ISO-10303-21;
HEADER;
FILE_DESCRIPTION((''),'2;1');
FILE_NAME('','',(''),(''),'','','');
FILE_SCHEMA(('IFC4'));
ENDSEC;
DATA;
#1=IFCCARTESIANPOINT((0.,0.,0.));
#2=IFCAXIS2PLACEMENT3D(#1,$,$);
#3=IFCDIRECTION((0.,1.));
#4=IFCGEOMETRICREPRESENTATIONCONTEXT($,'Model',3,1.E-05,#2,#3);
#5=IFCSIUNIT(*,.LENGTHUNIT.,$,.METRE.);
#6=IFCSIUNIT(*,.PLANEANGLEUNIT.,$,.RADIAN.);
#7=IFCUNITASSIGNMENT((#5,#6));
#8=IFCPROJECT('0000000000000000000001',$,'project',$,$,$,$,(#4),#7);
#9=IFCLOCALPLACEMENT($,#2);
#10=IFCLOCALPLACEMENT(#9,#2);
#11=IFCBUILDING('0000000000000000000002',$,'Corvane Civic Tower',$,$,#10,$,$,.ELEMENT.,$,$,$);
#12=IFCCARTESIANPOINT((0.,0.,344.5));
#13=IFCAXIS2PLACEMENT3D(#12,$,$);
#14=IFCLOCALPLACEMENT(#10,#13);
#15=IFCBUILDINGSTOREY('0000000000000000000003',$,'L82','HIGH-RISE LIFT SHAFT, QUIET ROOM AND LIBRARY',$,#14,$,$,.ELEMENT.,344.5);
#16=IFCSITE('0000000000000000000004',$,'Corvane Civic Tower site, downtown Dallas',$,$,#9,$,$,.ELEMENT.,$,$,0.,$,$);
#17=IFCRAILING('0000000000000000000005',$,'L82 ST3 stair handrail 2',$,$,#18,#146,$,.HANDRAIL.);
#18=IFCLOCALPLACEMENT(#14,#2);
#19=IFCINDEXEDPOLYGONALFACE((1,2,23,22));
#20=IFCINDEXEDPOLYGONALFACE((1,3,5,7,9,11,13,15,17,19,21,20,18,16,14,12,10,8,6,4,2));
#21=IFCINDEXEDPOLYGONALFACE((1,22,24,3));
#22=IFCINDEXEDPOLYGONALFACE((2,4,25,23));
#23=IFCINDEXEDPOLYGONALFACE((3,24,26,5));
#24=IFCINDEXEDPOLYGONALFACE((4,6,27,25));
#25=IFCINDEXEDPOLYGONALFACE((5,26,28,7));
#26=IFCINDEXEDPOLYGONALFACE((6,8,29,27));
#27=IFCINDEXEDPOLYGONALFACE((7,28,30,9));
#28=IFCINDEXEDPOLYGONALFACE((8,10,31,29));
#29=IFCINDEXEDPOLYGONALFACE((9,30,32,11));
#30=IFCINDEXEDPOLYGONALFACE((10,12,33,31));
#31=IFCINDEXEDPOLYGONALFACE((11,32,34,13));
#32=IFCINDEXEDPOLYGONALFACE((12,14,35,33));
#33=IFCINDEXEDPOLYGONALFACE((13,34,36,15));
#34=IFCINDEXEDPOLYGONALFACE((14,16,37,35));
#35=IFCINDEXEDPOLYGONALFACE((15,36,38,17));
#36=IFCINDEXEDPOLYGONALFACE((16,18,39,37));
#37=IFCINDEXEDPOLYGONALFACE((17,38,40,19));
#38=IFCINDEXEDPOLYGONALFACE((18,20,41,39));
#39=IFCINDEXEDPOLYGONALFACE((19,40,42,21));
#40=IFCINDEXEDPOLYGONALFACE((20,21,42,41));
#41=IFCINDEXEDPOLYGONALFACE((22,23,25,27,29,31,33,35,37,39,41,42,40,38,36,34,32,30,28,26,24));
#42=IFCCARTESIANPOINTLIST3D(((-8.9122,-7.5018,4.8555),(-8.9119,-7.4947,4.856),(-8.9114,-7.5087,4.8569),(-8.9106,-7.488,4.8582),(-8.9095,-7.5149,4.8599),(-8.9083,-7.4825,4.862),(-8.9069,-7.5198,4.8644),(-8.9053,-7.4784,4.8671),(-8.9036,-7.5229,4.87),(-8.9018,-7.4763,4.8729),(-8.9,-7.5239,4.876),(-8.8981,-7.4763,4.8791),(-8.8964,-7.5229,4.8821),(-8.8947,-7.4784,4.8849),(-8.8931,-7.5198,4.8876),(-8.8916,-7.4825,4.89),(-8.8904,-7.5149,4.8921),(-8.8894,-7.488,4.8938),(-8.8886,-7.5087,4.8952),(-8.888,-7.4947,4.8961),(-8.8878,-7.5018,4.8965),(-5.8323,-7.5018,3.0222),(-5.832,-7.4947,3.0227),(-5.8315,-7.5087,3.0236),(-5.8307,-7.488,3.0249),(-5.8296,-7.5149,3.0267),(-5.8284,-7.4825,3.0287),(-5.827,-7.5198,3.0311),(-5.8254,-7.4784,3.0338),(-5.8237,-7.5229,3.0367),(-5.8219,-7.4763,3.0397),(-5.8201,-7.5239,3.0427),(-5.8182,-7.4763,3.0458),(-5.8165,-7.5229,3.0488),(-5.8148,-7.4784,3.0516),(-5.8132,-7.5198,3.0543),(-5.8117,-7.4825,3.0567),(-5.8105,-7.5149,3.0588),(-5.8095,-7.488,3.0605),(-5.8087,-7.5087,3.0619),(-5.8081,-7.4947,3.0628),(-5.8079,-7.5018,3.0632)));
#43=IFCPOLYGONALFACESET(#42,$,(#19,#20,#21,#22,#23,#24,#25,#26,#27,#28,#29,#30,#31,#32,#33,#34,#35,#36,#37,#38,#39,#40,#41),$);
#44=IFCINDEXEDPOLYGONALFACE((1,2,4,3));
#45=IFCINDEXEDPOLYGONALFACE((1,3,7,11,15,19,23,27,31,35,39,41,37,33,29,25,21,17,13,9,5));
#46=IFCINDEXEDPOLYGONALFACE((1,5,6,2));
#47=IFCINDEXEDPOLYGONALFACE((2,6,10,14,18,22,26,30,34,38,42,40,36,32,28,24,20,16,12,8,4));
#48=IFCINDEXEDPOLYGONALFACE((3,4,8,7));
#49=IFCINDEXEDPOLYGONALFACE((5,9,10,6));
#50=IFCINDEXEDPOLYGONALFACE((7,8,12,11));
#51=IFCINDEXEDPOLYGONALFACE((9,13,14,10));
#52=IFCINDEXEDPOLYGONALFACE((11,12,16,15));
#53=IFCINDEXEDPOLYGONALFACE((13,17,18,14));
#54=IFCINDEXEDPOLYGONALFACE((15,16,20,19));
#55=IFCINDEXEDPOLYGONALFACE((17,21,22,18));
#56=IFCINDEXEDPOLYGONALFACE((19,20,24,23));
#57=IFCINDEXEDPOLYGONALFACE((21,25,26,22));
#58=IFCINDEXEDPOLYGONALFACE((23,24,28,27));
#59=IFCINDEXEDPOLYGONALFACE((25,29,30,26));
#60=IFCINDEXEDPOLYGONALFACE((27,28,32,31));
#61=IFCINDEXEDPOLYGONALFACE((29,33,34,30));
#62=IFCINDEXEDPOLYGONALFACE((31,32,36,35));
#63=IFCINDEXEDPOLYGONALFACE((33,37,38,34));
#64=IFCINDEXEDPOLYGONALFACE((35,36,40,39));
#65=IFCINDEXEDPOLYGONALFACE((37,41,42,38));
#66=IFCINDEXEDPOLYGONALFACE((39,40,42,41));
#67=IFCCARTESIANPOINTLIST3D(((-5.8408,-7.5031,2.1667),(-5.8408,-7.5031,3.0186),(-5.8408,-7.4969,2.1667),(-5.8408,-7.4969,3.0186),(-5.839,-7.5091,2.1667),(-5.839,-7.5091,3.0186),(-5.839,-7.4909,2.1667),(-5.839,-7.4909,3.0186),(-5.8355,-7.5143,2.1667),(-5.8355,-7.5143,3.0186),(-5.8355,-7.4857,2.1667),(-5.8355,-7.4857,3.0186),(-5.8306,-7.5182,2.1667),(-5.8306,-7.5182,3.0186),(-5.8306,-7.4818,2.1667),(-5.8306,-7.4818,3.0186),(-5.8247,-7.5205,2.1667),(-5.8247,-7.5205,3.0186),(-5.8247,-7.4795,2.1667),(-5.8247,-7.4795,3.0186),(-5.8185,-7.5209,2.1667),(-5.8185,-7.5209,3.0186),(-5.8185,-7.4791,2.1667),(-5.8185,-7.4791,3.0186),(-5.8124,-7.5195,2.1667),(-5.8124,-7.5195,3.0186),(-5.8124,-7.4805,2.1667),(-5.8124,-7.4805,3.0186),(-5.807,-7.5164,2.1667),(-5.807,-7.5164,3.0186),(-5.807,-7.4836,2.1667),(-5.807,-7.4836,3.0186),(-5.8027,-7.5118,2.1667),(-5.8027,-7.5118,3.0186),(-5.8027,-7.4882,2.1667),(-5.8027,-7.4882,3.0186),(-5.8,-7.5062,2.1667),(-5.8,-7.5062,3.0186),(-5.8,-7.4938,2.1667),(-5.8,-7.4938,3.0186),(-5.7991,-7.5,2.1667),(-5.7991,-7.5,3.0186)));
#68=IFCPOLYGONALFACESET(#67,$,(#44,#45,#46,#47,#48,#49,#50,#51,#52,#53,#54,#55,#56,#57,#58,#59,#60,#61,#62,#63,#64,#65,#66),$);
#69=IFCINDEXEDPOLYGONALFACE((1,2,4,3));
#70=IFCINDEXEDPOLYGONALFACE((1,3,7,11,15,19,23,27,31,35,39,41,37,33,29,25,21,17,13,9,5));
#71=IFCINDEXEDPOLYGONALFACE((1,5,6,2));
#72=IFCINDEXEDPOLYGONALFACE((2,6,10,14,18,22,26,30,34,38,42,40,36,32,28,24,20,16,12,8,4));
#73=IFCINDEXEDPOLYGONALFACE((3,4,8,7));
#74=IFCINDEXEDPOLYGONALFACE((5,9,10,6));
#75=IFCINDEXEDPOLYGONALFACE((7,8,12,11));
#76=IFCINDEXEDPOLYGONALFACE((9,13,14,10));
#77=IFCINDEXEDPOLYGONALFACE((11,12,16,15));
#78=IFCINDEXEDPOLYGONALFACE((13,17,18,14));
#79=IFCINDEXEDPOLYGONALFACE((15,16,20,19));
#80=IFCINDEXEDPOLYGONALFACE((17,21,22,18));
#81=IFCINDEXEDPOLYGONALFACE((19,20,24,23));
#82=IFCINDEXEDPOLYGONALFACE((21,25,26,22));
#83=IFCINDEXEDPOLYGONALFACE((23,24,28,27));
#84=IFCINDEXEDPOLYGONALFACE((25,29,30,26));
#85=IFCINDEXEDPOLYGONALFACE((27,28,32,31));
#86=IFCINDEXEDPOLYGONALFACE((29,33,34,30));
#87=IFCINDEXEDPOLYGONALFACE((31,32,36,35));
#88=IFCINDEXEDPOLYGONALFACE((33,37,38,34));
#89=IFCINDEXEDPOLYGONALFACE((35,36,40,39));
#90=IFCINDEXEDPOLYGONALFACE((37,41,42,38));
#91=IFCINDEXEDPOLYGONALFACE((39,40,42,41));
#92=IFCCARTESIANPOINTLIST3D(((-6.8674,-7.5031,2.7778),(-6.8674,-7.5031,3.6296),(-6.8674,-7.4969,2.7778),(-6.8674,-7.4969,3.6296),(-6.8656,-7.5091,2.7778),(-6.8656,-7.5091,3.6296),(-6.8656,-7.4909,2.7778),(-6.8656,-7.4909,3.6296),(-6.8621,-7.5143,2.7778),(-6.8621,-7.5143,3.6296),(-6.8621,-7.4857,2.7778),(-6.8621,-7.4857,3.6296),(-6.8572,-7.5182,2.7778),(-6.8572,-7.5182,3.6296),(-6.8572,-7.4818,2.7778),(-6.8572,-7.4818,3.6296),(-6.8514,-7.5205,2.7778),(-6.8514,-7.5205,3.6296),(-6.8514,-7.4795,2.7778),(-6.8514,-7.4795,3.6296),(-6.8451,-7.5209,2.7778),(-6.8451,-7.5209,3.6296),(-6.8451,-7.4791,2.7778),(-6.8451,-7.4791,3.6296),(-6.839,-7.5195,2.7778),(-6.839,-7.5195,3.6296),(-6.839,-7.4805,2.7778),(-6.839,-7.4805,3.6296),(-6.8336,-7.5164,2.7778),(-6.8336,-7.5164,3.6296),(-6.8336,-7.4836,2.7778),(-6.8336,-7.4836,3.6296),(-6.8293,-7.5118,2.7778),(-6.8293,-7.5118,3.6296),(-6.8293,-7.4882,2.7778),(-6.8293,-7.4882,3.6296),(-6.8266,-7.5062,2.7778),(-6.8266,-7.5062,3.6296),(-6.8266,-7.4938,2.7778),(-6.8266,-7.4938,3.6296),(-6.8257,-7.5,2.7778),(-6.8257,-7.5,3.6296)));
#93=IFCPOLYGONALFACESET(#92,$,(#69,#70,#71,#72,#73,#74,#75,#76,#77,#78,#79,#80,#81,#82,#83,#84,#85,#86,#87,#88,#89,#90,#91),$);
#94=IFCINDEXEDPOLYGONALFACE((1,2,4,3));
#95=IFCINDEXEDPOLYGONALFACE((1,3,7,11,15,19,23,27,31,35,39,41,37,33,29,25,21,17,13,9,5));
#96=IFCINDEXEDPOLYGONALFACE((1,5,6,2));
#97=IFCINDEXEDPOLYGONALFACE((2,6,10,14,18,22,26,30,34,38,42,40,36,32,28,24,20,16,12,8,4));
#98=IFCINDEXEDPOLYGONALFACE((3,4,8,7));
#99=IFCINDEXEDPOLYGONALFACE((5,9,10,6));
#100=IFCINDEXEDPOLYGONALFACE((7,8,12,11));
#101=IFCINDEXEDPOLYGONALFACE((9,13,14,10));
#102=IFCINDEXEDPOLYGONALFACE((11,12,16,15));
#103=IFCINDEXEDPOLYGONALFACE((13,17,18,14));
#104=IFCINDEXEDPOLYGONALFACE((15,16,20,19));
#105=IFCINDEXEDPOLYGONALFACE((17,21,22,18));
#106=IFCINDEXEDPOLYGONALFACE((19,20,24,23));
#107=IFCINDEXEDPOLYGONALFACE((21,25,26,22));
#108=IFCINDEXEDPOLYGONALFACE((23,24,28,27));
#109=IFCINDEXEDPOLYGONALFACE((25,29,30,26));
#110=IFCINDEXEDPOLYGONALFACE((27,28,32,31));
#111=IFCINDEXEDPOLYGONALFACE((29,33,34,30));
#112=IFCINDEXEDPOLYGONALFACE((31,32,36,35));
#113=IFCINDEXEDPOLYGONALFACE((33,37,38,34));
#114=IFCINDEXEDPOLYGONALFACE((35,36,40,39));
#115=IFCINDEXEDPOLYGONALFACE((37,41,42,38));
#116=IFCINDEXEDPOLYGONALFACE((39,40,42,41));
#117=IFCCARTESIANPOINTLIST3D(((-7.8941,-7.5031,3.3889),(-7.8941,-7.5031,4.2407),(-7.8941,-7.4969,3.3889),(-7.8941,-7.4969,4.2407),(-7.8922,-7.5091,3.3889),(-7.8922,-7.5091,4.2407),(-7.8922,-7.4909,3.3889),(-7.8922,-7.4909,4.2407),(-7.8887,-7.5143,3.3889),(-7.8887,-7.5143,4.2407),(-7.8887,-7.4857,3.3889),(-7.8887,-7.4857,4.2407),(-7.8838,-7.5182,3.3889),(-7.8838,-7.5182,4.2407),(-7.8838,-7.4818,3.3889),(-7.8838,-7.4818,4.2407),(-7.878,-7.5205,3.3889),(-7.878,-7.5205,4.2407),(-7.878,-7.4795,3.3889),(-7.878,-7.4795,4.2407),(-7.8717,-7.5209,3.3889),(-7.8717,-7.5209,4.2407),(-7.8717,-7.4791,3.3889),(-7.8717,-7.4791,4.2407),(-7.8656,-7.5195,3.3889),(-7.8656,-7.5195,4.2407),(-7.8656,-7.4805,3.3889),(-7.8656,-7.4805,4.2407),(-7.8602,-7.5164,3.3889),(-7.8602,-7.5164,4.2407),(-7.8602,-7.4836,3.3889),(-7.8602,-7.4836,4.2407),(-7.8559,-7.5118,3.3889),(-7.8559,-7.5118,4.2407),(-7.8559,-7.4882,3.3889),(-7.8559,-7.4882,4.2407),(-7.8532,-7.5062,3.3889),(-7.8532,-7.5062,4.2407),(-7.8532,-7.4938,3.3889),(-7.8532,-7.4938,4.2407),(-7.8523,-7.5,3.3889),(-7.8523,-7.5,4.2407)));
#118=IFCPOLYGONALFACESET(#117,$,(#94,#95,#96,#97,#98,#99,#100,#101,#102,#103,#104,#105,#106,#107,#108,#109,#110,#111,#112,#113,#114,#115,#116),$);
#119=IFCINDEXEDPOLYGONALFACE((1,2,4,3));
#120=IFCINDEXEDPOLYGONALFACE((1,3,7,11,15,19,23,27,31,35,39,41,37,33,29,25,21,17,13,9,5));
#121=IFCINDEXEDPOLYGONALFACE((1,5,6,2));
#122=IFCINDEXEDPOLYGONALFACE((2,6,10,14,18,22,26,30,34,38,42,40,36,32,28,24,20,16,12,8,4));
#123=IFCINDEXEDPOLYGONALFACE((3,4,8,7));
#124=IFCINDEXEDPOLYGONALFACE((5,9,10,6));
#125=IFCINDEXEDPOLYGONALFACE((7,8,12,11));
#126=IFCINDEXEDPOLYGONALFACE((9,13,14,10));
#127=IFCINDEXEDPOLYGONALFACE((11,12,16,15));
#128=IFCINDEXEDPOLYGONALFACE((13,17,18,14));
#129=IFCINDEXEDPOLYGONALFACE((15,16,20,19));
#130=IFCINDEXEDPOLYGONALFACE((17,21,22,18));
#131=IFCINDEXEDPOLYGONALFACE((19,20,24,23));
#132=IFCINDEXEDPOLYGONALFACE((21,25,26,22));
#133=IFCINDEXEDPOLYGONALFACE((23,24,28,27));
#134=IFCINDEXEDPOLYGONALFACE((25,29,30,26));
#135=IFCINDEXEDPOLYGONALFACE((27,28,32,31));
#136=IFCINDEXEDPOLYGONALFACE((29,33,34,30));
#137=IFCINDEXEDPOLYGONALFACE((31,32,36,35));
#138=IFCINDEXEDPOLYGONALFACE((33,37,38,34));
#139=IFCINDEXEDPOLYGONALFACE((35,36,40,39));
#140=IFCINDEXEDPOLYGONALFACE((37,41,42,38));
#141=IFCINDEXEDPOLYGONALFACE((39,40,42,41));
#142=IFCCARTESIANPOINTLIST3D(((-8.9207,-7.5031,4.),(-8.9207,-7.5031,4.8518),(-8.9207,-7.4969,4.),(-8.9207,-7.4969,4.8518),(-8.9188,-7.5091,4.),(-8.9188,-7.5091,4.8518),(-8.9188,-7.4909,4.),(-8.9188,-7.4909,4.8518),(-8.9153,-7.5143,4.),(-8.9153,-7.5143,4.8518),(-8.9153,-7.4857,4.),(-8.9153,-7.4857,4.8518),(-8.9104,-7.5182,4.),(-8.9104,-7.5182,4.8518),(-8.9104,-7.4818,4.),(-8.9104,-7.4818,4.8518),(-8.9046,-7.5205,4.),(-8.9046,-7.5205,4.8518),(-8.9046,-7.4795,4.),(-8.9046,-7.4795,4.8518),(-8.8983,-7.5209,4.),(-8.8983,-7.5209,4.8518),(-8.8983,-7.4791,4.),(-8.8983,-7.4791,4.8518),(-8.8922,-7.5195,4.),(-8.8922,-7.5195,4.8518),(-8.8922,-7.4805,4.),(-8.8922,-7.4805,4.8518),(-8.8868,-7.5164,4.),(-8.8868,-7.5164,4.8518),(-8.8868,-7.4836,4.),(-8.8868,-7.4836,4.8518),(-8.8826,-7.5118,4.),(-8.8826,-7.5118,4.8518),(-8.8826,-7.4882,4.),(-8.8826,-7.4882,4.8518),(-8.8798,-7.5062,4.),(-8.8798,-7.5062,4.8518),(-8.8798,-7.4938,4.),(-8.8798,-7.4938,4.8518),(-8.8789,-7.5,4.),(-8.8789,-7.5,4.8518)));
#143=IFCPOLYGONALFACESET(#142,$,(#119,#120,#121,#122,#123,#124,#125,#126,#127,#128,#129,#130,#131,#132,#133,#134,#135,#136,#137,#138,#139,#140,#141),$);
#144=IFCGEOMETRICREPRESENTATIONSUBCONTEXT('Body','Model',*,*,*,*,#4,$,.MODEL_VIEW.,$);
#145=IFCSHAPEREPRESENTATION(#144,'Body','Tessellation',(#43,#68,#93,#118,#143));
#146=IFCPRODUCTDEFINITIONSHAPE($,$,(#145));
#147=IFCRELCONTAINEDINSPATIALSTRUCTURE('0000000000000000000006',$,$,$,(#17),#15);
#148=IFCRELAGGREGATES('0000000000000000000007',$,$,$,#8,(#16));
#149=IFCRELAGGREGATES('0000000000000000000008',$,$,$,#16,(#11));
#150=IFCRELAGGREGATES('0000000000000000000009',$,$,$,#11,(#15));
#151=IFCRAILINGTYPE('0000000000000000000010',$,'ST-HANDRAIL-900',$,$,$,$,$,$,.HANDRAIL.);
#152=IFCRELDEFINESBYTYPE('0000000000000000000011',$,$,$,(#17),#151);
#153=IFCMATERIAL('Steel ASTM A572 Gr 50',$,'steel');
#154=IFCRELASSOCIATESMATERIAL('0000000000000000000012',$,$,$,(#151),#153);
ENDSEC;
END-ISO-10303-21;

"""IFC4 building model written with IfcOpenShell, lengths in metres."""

from ifc_helpers import new_model, si_unit, direction, frame, origin, origin_2d, place, context, subcontext, project, spatial, circle, extrude, material, type_object, element, save


model = new_model("IFC4")

# Units and contexts
model_context = context("Model", 3, precision=1e-05, world=origin(), true_north=direction((0.0, 1.0)))
body_context = subcontext(model_context, "Body", "Model", "MODEL_VIEW")
ifc_project = project(units=[si_unit("LENGTHUNIT", "METRE"), si_unit("PLANEANGLEUNIT", "RADIAN")], contexts=[model_context])

# Site, building, storey
site_placement = place(None, origin())
site = spatial("IfcSite", under=ifc_project, at=site_placement, Name="Corvane Civic Tower site, downtown Dallas", CompositionType="ELEMENT", RefElevation=0.0)
building_placement = place(site_placement, origin())
building = spatial("IfcBuilding", under=site, at=building_placement, Name="Corvane Civic Tower", CompositionType="ELEMENT")
storey_placement = place(building_placement, frame((0.0, 0.0, 344.5)))
storey = spatial("IfcBuildingStorey", under=building, at=storey_placement, Name="L82", Description="HIGH-RISE LIFT SHAFT, QUIET ROOM AND LIBRARY", CompositionType="ELEMENT", Elevation=344.5)

# Railing
ifc_material_1 = material(Name="Steel ASTM A572 Gr 50", Category="steel")
railing_type_1 = type_object("IfcRailingType", Name="ST-HANDRAIL-900", PredefinedType="HANDRAIL", material=ifc_material_1)
railing_1_placement = place(storey_placement, frame((-5.8201, -7.5, 2.1667)))
element("IfcRailing", 1, at=railing_1_placement, inside=storey, type_object=railing_type_1, Name="L82 ST3 stair handrail 2", PredefinedType="HANDRAIL", context=body_context, shape_type="SweptSolid", body=[
    extrude(circle(Radius=0.0239, at=origin_2d()), frame((0.0, 0.0, 0.876), z_axis=(-0.859291, 0.0, 0.511487), x_axis=(0.0, -1.0, 0.0)), (0.0, 0.0, 1.0), 3.5842),
    extrude(circle(Radius=0.021, at=origin_2d()), origin(), (0.0, 0.0, 1.0), 0.8518),
    extrude(circle(Radius=0.021, at=origin_2d()), frame((-1.0266, 0.0, 0.6111)), (0.0, 0.0, 1.0), 0.8518),
    extrude(circle(Radius=0.021, at=origin_2d()), frame((-2.0532, 0.0, 1.2222)), (0.0, 0.0, 1.0), 0.8518),
    extrude(circle(Radius=0.021, at=origin_2d()), frame((-3.0798, 0.0, 1.8333)), (0.0, 0.0, 1.0), 0.8518),
])

save(model, "model.ifc")
